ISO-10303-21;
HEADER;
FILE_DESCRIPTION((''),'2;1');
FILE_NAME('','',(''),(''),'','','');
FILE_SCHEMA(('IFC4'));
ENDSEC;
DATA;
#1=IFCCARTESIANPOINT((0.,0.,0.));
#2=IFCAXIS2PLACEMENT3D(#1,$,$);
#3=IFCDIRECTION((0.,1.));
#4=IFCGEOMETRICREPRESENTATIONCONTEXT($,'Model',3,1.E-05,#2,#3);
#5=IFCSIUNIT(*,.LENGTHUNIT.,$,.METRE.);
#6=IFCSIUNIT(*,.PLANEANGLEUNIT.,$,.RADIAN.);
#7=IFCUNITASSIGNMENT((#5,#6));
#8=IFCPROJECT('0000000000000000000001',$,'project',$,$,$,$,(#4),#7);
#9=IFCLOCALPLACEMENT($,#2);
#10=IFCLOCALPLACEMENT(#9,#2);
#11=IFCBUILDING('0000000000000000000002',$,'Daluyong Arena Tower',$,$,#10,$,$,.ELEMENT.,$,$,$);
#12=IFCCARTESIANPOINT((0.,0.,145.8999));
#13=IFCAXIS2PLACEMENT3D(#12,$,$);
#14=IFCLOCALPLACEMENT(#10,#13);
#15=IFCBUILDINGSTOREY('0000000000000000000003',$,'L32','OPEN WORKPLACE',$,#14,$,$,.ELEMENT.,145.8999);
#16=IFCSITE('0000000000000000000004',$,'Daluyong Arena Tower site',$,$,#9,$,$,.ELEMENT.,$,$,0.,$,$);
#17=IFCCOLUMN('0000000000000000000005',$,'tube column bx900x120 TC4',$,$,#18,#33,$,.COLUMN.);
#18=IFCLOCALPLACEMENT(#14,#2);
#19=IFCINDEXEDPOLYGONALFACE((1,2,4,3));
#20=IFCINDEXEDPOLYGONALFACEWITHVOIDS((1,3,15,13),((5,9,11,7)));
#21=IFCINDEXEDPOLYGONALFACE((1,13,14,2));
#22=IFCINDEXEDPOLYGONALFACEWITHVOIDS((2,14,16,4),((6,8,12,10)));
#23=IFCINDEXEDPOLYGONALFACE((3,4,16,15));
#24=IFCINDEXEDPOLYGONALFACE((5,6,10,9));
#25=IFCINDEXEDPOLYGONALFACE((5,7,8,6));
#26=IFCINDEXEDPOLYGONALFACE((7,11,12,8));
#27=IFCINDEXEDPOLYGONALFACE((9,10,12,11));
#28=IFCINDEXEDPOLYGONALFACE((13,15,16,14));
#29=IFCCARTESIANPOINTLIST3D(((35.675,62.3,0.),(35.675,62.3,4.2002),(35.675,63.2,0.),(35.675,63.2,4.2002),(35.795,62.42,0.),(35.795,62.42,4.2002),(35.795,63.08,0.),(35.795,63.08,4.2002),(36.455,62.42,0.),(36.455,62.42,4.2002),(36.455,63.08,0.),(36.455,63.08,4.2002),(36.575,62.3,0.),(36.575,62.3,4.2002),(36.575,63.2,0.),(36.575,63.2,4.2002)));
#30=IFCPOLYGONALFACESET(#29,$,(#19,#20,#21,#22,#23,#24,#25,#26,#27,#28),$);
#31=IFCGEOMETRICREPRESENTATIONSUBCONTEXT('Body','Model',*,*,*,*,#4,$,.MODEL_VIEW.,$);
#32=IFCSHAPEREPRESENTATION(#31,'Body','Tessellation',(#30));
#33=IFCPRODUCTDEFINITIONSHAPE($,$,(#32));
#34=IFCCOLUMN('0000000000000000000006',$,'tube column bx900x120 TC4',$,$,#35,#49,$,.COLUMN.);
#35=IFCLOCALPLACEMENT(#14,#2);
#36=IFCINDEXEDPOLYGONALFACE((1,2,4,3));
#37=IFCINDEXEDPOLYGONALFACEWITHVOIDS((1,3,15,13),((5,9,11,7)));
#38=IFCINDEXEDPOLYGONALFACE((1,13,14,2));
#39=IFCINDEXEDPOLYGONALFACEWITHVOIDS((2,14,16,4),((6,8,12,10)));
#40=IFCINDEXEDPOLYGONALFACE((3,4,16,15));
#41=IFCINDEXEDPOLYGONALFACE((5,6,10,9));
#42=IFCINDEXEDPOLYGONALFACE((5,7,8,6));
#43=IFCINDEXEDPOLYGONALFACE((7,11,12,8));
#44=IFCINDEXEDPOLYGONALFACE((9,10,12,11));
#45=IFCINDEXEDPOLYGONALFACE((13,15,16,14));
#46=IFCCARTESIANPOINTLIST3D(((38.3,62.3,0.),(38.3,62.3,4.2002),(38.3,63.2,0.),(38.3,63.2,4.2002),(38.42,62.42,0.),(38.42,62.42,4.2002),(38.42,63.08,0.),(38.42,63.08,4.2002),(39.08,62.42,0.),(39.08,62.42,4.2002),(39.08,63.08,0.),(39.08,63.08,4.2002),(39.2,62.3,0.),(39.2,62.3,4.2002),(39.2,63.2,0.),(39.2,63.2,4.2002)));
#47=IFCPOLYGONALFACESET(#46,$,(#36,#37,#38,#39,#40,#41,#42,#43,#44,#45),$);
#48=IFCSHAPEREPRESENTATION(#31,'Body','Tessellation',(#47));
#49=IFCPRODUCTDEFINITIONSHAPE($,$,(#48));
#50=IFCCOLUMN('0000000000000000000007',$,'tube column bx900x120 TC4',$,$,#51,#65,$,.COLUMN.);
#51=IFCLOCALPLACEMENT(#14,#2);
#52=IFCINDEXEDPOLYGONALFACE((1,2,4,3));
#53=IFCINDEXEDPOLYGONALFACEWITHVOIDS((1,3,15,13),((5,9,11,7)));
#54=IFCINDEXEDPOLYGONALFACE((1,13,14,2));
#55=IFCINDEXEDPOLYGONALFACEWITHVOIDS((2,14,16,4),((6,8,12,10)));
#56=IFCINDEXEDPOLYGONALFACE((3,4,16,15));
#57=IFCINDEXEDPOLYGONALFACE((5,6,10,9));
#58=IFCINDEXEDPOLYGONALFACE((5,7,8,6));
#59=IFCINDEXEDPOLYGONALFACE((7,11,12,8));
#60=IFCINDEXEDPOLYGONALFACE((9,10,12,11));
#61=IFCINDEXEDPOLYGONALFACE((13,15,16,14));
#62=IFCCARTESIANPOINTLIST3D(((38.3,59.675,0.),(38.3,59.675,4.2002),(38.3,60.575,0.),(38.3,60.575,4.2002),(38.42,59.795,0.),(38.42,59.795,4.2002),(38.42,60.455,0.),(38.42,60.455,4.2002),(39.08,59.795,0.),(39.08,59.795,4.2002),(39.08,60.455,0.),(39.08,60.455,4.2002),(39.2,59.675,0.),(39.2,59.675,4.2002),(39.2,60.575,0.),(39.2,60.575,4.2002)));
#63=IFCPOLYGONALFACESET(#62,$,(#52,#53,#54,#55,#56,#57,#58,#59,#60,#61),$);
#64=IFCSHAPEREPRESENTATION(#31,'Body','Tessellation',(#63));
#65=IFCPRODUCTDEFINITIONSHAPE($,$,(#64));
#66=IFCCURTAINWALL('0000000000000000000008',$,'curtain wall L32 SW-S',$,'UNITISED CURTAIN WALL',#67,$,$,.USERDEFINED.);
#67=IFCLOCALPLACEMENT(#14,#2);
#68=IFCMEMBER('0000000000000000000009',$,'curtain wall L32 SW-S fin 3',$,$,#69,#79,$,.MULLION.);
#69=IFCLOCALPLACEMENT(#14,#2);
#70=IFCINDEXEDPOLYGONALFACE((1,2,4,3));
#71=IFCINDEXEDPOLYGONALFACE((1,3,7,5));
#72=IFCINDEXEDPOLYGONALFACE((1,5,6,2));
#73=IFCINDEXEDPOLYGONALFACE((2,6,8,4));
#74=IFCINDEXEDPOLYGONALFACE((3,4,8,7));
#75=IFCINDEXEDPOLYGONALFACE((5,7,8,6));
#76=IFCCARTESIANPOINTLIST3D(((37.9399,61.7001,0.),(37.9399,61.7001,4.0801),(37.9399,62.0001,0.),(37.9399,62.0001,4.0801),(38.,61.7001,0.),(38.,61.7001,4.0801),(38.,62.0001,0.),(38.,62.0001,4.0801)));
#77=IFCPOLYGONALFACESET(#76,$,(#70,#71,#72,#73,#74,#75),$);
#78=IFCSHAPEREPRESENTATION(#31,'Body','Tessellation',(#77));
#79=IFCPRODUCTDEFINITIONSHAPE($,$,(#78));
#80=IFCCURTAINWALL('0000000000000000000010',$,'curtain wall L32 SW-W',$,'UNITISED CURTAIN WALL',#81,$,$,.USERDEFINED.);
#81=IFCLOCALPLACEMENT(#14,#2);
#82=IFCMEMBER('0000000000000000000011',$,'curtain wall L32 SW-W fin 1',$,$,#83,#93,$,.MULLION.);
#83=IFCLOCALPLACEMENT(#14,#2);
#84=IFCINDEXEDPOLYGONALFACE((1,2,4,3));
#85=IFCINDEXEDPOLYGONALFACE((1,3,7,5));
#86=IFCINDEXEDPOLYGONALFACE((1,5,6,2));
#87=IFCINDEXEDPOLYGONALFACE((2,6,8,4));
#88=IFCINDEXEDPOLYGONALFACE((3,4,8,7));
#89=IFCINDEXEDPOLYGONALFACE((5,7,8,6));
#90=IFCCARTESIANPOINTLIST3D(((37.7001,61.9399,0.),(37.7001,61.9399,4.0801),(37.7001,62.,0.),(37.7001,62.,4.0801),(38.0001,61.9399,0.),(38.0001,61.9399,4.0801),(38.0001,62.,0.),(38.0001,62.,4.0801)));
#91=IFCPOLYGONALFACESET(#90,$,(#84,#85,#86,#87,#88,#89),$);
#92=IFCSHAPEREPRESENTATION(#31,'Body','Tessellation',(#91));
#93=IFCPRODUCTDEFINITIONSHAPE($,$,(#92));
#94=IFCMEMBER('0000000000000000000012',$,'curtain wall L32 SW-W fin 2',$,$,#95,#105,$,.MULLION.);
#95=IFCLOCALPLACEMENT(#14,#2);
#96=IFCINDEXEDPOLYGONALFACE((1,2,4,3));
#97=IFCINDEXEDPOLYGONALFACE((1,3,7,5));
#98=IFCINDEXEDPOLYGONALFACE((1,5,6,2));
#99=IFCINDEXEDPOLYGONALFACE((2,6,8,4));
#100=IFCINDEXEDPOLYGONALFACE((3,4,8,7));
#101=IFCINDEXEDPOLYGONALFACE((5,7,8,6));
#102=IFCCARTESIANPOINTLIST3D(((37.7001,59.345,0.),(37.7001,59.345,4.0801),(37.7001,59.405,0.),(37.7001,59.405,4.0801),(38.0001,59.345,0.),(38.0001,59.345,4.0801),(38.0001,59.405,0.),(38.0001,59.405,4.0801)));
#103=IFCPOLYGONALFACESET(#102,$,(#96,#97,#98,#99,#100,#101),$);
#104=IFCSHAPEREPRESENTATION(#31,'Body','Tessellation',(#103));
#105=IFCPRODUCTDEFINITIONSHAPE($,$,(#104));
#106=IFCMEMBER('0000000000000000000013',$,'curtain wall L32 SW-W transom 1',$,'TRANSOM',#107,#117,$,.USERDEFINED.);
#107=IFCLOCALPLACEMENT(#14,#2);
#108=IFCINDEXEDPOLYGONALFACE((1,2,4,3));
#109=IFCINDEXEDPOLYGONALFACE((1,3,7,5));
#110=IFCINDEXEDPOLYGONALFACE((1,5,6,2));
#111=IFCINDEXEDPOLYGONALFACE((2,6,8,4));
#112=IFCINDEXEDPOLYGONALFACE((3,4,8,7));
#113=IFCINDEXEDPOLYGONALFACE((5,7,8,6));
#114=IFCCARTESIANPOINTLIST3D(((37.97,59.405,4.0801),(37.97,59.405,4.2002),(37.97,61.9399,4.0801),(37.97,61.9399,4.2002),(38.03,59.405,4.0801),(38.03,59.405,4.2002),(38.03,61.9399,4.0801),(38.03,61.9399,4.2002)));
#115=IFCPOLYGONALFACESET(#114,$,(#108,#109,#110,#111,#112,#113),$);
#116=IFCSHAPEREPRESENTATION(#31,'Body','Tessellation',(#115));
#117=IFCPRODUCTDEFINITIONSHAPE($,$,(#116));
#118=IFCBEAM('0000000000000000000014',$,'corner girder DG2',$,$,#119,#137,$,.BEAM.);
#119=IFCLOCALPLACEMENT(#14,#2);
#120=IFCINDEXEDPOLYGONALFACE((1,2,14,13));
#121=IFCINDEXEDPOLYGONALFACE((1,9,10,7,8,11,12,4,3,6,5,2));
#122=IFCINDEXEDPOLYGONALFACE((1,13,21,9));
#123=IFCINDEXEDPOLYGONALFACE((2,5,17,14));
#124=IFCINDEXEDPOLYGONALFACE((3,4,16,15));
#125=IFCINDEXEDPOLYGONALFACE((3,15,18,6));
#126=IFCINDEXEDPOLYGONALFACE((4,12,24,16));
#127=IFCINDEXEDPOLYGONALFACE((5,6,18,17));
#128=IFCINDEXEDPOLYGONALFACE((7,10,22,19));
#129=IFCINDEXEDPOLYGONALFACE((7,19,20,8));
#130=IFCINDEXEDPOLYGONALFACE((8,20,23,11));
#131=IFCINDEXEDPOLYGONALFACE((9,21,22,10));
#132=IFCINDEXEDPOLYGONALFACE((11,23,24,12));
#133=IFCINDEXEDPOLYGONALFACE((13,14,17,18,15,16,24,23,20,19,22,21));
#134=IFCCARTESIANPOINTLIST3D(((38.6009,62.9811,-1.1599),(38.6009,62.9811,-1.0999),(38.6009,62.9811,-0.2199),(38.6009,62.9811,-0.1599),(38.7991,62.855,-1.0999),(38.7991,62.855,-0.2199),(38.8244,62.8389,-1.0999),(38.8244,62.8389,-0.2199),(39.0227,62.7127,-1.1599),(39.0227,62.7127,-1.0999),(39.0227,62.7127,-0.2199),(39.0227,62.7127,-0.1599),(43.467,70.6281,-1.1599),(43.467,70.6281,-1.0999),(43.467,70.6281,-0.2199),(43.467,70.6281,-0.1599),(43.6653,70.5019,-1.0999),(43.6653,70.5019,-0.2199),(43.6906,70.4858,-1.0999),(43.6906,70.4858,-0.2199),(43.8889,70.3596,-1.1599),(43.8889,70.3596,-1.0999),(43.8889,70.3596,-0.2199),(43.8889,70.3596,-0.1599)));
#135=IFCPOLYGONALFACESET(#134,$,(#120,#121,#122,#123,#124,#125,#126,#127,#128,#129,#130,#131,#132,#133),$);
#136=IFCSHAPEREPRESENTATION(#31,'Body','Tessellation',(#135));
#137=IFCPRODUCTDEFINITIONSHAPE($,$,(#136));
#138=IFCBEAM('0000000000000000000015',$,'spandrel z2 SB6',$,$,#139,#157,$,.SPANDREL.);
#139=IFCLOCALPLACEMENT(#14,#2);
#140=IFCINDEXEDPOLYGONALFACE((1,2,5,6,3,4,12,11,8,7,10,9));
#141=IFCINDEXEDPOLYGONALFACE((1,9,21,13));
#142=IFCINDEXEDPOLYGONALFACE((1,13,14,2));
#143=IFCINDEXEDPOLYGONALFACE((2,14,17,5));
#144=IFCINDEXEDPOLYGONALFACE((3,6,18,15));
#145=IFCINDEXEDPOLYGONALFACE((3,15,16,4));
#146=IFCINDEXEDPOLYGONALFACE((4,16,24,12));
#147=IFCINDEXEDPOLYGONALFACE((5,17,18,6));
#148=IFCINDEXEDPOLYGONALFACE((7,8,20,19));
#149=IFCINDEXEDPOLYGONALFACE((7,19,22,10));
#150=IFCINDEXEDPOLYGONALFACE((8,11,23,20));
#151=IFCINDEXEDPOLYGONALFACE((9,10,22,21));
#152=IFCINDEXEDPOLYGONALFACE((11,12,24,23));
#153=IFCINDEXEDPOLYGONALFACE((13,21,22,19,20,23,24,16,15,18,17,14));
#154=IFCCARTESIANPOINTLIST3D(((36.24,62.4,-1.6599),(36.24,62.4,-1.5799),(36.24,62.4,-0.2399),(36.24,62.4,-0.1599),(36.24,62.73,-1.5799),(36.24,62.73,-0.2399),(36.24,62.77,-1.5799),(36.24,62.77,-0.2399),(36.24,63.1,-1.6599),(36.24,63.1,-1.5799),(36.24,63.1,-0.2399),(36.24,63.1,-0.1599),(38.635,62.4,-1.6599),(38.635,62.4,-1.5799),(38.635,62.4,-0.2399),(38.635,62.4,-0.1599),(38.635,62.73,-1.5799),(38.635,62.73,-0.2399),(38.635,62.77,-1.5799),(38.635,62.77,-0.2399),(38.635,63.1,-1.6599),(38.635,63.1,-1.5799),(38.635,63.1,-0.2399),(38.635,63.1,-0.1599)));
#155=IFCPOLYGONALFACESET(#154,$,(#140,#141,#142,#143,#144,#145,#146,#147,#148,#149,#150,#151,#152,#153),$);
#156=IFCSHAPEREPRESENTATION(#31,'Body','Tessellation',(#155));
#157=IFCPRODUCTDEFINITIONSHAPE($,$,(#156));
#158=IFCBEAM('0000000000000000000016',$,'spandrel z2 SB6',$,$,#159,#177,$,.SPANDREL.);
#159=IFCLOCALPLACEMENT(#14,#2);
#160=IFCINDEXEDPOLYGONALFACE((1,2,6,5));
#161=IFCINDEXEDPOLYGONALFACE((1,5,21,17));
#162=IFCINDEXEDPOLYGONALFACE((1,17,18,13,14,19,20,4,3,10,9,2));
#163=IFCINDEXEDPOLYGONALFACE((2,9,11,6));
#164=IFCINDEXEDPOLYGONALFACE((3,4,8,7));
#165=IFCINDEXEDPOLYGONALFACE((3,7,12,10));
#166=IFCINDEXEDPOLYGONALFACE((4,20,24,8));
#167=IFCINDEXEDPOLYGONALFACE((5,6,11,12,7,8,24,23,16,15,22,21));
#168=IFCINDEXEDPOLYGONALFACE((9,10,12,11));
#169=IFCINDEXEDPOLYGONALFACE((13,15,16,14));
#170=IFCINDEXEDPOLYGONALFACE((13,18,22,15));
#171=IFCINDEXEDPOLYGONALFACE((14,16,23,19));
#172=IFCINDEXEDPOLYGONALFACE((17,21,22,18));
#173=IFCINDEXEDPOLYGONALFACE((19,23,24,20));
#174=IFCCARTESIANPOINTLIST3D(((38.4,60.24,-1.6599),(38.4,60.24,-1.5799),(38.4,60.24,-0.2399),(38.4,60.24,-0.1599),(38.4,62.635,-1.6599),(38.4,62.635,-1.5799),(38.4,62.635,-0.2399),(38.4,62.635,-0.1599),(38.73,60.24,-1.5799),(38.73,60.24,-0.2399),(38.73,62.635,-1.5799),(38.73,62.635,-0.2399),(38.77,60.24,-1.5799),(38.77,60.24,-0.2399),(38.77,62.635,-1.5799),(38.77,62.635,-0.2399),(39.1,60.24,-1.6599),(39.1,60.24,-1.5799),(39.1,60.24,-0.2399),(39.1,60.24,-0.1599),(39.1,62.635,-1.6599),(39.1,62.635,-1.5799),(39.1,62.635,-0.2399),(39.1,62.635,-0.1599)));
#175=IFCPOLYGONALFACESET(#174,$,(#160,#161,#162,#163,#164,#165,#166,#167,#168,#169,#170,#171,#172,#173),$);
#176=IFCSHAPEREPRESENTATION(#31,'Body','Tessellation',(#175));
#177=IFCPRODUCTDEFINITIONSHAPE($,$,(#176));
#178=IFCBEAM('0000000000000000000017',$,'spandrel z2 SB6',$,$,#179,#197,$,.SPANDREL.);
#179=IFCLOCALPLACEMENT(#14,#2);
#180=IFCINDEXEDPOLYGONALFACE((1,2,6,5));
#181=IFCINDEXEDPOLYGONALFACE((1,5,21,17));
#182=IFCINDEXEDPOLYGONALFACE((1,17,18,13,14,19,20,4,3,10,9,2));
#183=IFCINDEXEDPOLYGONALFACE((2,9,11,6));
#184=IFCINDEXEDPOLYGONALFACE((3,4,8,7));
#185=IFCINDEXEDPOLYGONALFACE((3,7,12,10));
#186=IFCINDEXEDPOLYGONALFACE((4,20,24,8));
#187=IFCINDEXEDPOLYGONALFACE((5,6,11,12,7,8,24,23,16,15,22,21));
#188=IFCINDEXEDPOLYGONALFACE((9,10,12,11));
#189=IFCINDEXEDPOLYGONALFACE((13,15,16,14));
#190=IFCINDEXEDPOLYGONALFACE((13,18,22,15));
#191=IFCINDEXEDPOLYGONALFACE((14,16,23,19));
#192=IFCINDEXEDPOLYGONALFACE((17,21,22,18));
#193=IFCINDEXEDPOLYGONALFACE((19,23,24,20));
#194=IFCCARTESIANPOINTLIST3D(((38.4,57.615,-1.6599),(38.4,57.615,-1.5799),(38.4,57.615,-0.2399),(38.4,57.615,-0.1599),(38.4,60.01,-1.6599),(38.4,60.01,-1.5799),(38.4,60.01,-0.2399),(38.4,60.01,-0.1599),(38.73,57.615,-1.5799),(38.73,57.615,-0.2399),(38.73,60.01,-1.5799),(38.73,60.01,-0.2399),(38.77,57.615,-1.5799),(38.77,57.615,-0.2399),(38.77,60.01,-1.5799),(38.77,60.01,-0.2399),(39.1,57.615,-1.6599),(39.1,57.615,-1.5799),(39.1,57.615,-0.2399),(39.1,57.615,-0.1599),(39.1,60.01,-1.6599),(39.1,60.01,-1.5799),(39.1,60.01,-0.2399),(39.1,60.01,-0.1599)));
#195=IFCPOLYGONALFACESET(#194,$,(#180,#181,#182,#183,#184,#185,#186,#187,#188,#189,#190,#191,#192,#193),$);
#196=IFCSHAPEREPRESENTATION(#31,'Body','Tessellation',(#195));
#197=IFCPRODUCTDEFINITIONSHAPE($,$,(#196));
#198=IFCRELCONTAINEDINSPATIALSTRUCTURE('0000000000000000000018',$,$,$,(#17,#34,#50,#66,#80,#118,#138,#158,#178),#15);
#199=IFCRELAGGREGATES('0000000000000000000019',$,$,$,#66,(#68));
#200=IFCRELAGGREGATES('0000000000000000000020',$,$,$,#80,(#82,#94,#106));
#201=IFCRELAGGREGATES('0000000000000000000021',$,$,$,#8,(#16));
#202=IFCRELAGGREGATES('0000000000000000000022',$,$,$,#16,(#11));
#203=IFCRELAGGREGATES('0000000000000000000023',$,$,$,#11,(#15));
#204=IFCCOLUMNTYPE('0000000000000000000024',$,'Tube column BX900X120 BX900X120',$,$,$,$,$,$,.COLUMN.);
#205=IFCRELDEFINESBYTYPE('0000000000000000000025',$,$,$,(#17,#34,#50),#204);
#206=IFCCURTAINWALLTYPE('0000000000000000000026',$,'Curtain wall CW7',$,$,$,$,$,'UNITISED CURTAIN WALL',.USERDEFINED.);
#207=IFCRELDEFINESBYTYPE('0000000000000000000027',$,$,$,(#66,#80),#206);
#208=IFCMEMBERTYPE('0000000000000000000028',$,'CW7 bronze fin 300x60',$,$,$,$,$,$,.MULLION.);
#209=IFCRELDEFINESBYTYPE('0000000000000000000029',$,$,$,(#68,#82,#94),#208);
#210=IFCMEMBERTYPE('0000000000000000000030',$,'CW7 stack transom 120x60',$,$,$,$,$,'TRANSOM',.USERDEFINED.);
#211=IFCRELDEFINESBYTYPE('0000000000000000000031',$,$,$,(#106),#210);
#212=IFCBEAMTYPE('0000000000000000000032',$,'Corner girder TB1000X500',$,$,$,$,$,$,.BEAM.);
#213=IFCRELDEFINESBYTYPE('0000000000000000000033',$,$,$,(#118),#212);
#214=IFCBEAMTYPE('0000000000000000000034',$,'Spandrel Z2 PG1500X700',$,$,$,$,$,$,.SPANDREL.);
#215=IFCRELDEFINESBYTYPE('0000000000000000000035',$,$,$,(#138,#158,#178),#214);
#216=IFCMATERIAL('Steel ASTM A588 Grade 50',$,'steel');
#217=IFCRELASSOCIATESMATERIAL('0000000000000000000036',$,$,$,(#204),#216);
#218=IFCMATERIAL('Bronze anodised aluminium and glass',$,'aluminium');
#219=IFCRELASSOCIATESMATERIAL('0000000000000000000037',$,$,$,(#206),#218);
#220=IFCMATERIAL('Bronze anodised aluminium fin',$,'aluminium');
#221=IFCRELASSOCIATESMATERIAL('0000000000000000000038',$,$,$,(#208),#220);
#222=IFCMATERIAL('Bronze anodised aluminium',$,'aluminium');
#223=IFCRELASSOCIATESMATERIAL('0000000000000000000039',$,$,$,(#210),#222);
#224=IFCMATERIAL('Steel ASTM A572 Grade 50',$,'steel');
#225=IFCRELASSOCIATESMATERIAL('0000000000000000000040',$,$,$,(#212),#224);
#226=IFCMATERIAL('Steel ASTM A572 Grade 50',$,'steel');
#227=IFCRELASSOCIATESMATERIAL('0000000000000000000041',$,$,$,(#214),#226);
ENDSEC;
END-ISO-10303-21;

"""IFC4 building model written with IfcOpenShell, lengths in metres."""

from ifc_helpers import new_model, si_unit, direction, frame, origin, origin_2d, place, context, subcontext, project, spatial, rectangle, hollow_rectangle, i_section, extrude, material, material_profile, profile_set, type_object, element, aggregate, save


model = new_model("IFC4")

# Units and contexts
model_context = context("Model", 3, precision=1e-05, world=origin(), true_north=direction((0.0, 1.0)))
body_context = subcontext(model_context, "Body", "Model", "MODEL_VIEW")
ifc_project = project(units=[si_unit("LENGTHUNIT", "METRE"), si_unit("PLANEANGLEUNIT", "RADIAN")], contexts=[model_context])

# Site, building, storey
site_placement = place(None, origin())
site = spatial("IfcSite", under=ifc_project, at=site_placement, Name="Daluyong Arena Tower site", CompositionType="ELEMENT", RefElevation=0.0)
building_placement = place(site_placement, origin())
building = spatial("IfcBuilding", under=site, at=building_placement, Name="Daluyong Arena Tower", CompositionType="ELEMENT")
storey_placement = place(building_placement, frame((0.0, 0.0, 145.8999)))
storey = spatial("IfcBuildingStorey", under=building, at=storey_placement, Name="L32", Description="OPEN WORKPLACE", CompositionType="ELEMENT", Elevation=145.8999)

# Columns
ifc_material_1 = material(Name="Steel ASTM A588 Grade 50", Category="steel")
ifc_material_profile_1 = material_profile(ifc_material_1, hollow_rectangle(XDim=0.8999, YDim=0.8999, WallThickness=0.12, at=origin_2d()))
ifc_profile_set_1 = profile_set([ifc_material_profile_1], Name="Steel ASTM A588 Grade 50")
column_type = type_object("IfcColumnType", Name="Tube column BX900X120 BX900X120", PredefinedType="COLUMN", material=ifc_profile_set_1)
for number, where, z_axis, x_axis, name in (
    (1, (36.125, 62.75, 0.0), (0.0, 0.0, 1.0), (1.0, 0.0, 0.0), "tube column bx900x120 TC4"),
    (2, (38.75, 62.75, 0.0), (0.0, 0.0, 1.0), (0.0, 1.0, 0.0), "tube column bx900x120 TC4"),
    (3, (38.75, 60.125, 0.0), (0.0, 0.0, 1.0), (0.0, 1.0, 0.0), "tube column bx900x120 TC4"),
):
    element("IfcColumn", number, at=place(storey_placement, frame(where, z_axis=z_axis, x_axis=x_axis)), inside=storey, type_object=column_type, Name=name, PredefinedType="COLUMN", context=body_context, shape_type="SweptSolid", body=[
        extrude(hollow_rectangle(XDim=0.8999, YDim=0.8999, WallThickness=0.12, at=origin_2d()), origin(), (0.0, 0.0, 1.0), 4.2002),
    ])

# Curtain wall, member
ifc_material_2 = material(Name="Bronze anodised aluminium and glass", Category="aluminium")
curtain_wall_type = type_object("IfcCurtainWallType", Name="Curtain wall CW7", ElementType="UNITISED CURTAIN WALL", PredefinedType="USERDEFINED", material=ifc_material_2)
curtain_wall_1_placement = place(storey_placement, origin())
curtain_wall_1 = element("IfcCurtainWall", 4, at=curtain_wall_1_placement, inside=storey, type_object=curtain_wall_type, Name="curtain wall L32 SW-S", ObjectType="UNITISED CURTAIN WALL", PredefinedType="USERDEFINED")
ifc_material_3 = material(Name="Bronze anodised aluminium fin", Category="aluminium")
ifc_material_profile_2 = material_profile(ifc_material_3, rectangle(XDim=0.3, YDim=0.0601, at=origin_2d()))
ifc_profile_set_2 = profile_set([ifc_material_profile_2], Name="Bronze anodised aluminium fin")
member_type_1 = type_object("IfcMemberType", Name="CW7 bronze fin 300x60", PredefinedType="MULLION", material=ifc_profile_set_2)
member_1_placement = place(storey_placement, frame((37.97, 61.8501, 0.0), z_axis=(0.0, 0.0, 1.0), x_axis=(0.0, 1.0, 0.0)))
member_1 = element("IfcMember", 5, at=member_1_placement, type_object=member_type_1, Name="curtain wall L32 SW-S fin 3", PredefinedType="MULLION", context=body_context, shape_type="SweptSolid", body=[
    extrude(rectangle(XDim=0.3, YDim=0.0601, at=origin_2d()), origin(), (0.0, 0.0, 1.0), 4.0801),
])

# Curtain wall, members
curtain_wall_2_placement = place(storey_placement, origin())
curtain_wall_2 = element("IfcCurtainWall", 6, at=curtain_wall_2_placement, inside=storey, type_object=curtain_wall_type, Name="curtain wall L32 SW-W", ObjectType="UNITISED CURTAIN WALL", PredefinedType="USERDEFINED")
member_2_placement = place(storey_placement, frame((37.8501, 61.97, 0.0), z_axis=(0.0, 0.0, 1.0), x_axis=(1.0, 0.0, 0.0)))
member_2 = element("IfcMember", 7, at=member_2_placement, type_object=member_type_1, Name="curtain wall L32 SW-W fin 1", PredefinedType="MULLION", context=body_context, shape_type="SweptSolid", body=[
    extrude(rectangle(XDim=0.3, YDim=0.0601, at=origin_2d()), origin(), (0.0, 0.0, 1.0), 4.0801),
])
member_3_placement = place(storey_placement, frame((37.8501, 59.375, 0.0), z_axis=(0.0, 0.0, 1.0), x_axis=(1.0, 0.0, 0.0)))
member_3 = element("IfcMember", 8, at=member_3_placement, type_object=member_type_1, Name="curtain wall L32 SW-W fin 2", PredefinedType="MULLION", context=body_context, shape_type="SweptSolid", body=[
    extrude(rectangle(XDim=0.3, YDim=0.0601, at=origin_2d()), origin(), (0.0, 0.0, 1.0), 4.0801),
])
ifc_material_4 = material(Name="Bronze anodised aluminium", Category="aluminium")
ifc_material_profile_3 = material_profile(ifc_material_4, rectangle(XDim=0.0601, YDim=0.1201, at=origin_2d()))
ifc_profile_set_3 = profile_set([ifc_material_profile_3], Name="Bronze anodised aluminium")
member_type_2 = type_object("IfcMemberType", Name="CW7 stack transom 120x60", ElementType="TRANSOM", PredefinedType="USERDEFINED", material=ifc_profile_set_3)
member_4_placement = place(storey_placement, frame((38.0, 61.9399, 4.1401), z_axis=(0.0, -1.0, 0.0), x_axis=(1.0, 0.0, 0.0)))
member_4 = element("IfcMember", 9, at=member_4_placement, type_object=member_type_2, Name="curtain wall L32 SW-W transom 1", ObjectType="TRANSOM", PredefinedType="USERDEFINED", context=body_context, shape_type="SweptSolid", body=[
    extrude(rectangle(XDim=0.0601, YDim=0.1201, at=origin_2d()), origin(), (0.0, 0.0, 1.0), 2.5349),
])

# Beams
ifc_material_5 = material(Name="Steel ASTM A572 Grade 50", Category="steel")
ifc_material_profile_4 = material_profile(ifc_material_5, i_section(OverallWidth=0.5, OverallDepth=1.0, WebThickness=0.03, FlangeThickness=0.06, at=origin_2d()))
ifc_profile_set_4 = profile_set([ifc_material_profile_4], Name="Steel ASTM A572 Grade 50")
beam_type_1 = type_object("IfcBeamType", Name="Corner girder TB1000X500", PredefinedType="BEAM", material=ifc_profile_set_4)
beam_placement = place(storey_placement, frame((38.8118, 62.8469, -0.6599), z_axis=(0.536872, 0.843664, 0.0), x_axis=(-0.843664, 0.536872, 0.0)))
element("IfcBeam", 10, at=beam_placement, inside=storey, type_object=beam_type_1, Name="corner girder DG2", PredefinedType="BEAM", context=body_context, shape_type="SweptSolid", body=[
    extrude(i_section(OverallWidth=0.5, OverallDepth=1.0, WebThickness=0.03, FlangeThickness=0.06, at=origin_2d()), origin(), (0.0, 0.0, 1.0), 9.064),
])
ifc_material_6 = material(Name="Steel ASTM A572 Grade 50", Category="steel")
ifc_material_profile_5 = material_profile(ifc_material_6, i_section(OverallWidth=0.7, OverallDepth=1.5, WebThickness=0.04, FlangeThickness=0.08, at=origin_2d()))
ifc_profile_set_5 = profile_set([ifc_material_profile_5], Name="Steel ASTM A572 Grade 50")
beam_type_2 = type_object("IfcBeamType", Name="Spandrel Z2 PG1500X700", PredefinedType="SPANDREL", material=ifc_profile_set_5)
for number, where, z_axis, x_axis, name in (
    (11, (36.24, 62.75, -0.9099), (1.0, 0.0, 0.0), (0.0, 1.0, 0.0), "spandrel z2 SB6"),
    (12, (38.75, 62.635, -0.9099), (0.0, -1.0, 0.0), (1.0, 0.0, 0.0), "spandrel z2 SB6"),
    (13, (38.75, 60.01, -0.9099), (0.0, -1.0, 0.0), (1.0, 0.0, 0.0), "spandrel z2 SB6"),
):
    element("IfcBeam", number, at=place(storey_placement, frame(where, z_axis=z_axis, x_axis=x_axis)), inside=storey, type_object=beam_type_2, Name=name, PredefinedType="SPANDREL", context=body_context, shape_type="SweptSolid", body=[
        extrude(i_section(OverallWidth=0.7, OverallDepth=1.5, WebThickness=0.04, FlangeThickness=0.08, at=origin_2d()), origin(), (0.0, 0.0, 1.0), 2.395),
    ])

aggregate(curtain_wall_1, [member_1])
aggregate(curtain_wall_2, [member_2, member_3, member_4])

save(model, "model.ifc")
